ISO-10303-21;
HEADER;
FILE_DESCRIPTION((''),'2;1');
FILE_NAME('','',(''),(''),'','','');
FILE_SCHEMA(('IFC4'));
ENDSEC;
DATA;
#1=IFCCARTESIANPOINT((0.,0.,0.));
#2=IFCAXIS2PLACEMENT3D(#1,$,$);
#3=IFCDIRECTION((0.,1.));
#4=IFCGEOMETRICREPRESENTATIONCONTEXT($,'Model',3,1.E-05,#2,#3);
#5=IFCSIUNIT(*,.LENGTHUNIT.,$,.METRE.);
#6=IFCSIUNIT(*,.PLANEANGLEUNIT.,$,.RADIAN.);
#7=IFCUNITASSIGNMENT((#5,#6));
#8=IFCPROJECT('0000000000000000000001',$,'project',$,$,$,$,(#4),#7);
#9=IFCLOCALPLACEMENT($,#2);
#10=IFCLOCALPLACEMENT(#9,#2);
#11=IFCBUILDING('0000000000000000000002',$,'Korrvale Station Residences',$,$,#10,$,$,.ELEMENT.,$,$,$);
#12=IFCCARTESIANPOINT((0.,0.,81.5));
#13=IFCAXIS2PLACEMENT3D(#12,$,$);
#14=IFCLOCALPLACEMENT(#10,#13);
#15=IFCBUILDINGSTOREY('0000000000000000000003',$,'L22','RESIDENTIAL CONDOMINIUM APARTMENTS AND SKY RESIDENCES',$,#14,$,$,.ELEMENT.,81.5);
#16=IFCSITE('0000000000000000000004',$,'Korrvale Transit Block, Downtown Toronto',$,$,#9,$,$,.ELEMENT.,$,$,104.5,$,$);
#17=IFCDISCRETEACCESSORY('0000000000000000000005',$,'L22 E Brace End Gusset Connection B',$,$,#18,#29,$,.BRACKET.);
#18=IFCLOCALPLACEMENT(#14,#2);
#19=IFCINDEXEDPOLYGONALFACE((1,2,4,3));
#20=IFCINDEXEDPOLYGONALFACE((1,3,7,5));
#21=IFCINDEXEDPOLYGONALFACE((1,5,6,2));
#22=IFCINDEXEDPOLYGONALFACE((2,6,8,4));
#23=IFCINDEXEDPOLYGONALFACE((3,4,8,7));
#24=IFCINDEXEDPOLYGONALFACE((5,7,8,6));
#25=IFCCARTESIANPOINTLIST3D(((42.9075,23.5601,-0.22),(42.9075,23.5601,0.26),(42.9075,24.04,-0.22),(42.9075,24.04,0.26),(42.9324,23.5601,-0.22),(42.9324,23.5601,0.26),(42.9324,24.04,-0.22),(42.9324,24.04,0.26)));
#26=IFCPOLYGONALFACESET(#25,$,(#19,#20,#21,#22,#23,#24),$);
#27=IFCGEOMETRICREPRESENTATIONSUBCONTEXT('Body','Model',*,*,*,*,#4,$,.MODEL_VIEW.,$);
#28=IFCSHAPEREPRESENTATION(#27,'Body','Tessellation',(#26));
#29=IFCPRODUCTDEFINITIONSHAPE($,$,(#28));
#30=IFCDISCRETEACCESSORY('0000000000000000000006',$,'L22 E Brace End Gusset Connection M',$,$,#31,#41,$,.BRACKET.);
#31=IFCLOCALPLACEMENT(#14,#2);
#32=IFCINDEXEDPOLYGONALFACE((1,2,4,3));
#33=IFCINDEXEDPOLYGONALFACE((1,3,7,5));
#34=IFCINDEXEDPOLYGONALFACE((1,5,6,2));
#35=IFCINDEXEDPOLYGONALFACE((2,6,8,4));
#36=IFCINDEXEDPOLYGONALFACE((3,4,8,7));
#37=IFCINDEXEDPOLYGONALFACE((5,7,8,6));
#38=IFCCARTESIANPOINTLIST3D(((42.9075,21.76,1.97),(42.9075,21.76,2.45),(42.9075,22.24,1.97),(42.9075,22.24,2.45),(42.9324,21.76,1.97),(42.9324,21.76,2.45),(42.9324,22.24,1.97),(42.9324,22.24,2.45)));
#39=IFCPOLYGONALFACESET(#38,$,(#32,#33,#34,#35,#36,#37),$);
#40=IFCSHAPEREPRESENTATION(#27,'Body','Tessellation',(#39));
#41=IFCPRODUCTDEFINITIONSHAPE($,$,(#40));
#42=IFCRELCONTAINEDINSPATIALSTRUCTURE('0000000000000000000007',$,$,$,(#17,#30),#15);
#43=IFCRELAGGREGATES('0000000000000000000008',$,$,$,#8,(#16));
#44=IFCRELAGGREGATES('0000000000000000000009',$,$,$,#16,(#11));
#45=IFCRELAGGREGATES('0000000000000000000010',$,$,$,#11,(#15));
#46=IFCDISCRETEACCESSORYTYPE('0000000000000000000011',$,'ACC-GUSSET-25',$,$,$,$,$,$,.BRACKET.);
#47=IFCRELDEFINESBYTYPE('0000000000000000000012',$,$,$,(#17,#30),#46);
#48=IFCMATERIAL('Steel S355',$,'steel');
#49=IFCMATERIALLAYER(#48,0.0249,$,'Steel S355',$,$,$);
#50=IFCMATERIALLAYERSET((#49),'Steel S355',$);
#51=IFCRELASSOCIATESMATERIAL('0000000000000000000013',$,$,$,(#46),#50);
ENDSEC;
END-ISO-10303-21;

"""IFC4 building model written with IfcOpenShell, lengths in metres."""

from ifc_helpers import new_model, si_unit, direction, frame, origin, origin_2d, place, context, subcontext, project, spatial, rectangle, extrude, material, layer, layer_set, type_object, element, save


model = new_model("IFC4")

# Units and contexts
model_context = context("Model", 3, precision=1e-05, world=origin(), true_north=direction((0.0, 1.0)))
body_context = subcontext(model_context, "Body", "Model", "MODEL_VIEW")
ifc_project = project(units=[si_unit("LENGTHUNIT", "METRE"), si_unit("PLANEANGLEUNIT", "RADIAN")], contexts=[model_context])

# Site, building, storey
site_placement = place(None, origin())
site = spatial("IfcSite", under=ifc_project, at=site_placement, Name="Korrvale Transit Block, Downtown Toronto", CompositionType="ELEMENT", RefElevation=104.5)
building_placement = place(site_placement, origin())
building = spatial("IfcBuilding", under=site, at=building_placement, Name="Korrvale Station Residences", CompositionType="ELEMENT")
storey_placement = place(building_placement, frame((0.0, 0.0, 81.5)))
storey = spatial("IfcBuildingStorey", under=building, at=storey_placement, Name="L22", Description="RESIDENTIAL CONDOMINIUM APARTMENTS AND SKY RESIDENCES", CompositionType="ELEMENT", Elevation=81.5)

# Shared definitions
ifc_material_1 = material(Name="Steel S355", Category="steel")

# Discrete accessories
ifc_layer_1 = layer(ifc_material_1, 0.0249, Name="Steel S355")
ifc_layer_set_1 = layer_set([ifc_layer_1], Name="Steel S355")
discrete_accessory_type = type_object("IfcDiscreteAccessoryType", Name="ACC-GUSSET-25", PredefinedType="BRACKET", material=ifc_layer_set_1)
for number, where, z_axis, x_axis, name in (
    (1, (42.9199, 23.8, -0.22), (0.0, 0.0, 1.0), (0.0, 1.0, 0.0), "L22 E Brace End Gusset Connection B"),
    (2, (42.9199, 22.0, 1.97), (0.0, 0.0, 1.0), (0.0, 1.0, 0.0), "L22 E Brace End Gusset Connection M"),
):
    element("IfcDiscreteAccessory", number, at=place(storey_placement, frame(where, z_axis=z_axis, x_axis=x_axis)), inside=storey, type_object=discrete_accessory_type, Name=name, PredefinedType="BRACKET", context=body_context, shape_type="SweptSolid", body=[
        extrude(rectangle(XDim=0.48, YDim=0.0249, at=origin_2d()), origin(), (0.0, 0.0, 1.0), 0.48),
    ])

save(model, "model.ifc")
